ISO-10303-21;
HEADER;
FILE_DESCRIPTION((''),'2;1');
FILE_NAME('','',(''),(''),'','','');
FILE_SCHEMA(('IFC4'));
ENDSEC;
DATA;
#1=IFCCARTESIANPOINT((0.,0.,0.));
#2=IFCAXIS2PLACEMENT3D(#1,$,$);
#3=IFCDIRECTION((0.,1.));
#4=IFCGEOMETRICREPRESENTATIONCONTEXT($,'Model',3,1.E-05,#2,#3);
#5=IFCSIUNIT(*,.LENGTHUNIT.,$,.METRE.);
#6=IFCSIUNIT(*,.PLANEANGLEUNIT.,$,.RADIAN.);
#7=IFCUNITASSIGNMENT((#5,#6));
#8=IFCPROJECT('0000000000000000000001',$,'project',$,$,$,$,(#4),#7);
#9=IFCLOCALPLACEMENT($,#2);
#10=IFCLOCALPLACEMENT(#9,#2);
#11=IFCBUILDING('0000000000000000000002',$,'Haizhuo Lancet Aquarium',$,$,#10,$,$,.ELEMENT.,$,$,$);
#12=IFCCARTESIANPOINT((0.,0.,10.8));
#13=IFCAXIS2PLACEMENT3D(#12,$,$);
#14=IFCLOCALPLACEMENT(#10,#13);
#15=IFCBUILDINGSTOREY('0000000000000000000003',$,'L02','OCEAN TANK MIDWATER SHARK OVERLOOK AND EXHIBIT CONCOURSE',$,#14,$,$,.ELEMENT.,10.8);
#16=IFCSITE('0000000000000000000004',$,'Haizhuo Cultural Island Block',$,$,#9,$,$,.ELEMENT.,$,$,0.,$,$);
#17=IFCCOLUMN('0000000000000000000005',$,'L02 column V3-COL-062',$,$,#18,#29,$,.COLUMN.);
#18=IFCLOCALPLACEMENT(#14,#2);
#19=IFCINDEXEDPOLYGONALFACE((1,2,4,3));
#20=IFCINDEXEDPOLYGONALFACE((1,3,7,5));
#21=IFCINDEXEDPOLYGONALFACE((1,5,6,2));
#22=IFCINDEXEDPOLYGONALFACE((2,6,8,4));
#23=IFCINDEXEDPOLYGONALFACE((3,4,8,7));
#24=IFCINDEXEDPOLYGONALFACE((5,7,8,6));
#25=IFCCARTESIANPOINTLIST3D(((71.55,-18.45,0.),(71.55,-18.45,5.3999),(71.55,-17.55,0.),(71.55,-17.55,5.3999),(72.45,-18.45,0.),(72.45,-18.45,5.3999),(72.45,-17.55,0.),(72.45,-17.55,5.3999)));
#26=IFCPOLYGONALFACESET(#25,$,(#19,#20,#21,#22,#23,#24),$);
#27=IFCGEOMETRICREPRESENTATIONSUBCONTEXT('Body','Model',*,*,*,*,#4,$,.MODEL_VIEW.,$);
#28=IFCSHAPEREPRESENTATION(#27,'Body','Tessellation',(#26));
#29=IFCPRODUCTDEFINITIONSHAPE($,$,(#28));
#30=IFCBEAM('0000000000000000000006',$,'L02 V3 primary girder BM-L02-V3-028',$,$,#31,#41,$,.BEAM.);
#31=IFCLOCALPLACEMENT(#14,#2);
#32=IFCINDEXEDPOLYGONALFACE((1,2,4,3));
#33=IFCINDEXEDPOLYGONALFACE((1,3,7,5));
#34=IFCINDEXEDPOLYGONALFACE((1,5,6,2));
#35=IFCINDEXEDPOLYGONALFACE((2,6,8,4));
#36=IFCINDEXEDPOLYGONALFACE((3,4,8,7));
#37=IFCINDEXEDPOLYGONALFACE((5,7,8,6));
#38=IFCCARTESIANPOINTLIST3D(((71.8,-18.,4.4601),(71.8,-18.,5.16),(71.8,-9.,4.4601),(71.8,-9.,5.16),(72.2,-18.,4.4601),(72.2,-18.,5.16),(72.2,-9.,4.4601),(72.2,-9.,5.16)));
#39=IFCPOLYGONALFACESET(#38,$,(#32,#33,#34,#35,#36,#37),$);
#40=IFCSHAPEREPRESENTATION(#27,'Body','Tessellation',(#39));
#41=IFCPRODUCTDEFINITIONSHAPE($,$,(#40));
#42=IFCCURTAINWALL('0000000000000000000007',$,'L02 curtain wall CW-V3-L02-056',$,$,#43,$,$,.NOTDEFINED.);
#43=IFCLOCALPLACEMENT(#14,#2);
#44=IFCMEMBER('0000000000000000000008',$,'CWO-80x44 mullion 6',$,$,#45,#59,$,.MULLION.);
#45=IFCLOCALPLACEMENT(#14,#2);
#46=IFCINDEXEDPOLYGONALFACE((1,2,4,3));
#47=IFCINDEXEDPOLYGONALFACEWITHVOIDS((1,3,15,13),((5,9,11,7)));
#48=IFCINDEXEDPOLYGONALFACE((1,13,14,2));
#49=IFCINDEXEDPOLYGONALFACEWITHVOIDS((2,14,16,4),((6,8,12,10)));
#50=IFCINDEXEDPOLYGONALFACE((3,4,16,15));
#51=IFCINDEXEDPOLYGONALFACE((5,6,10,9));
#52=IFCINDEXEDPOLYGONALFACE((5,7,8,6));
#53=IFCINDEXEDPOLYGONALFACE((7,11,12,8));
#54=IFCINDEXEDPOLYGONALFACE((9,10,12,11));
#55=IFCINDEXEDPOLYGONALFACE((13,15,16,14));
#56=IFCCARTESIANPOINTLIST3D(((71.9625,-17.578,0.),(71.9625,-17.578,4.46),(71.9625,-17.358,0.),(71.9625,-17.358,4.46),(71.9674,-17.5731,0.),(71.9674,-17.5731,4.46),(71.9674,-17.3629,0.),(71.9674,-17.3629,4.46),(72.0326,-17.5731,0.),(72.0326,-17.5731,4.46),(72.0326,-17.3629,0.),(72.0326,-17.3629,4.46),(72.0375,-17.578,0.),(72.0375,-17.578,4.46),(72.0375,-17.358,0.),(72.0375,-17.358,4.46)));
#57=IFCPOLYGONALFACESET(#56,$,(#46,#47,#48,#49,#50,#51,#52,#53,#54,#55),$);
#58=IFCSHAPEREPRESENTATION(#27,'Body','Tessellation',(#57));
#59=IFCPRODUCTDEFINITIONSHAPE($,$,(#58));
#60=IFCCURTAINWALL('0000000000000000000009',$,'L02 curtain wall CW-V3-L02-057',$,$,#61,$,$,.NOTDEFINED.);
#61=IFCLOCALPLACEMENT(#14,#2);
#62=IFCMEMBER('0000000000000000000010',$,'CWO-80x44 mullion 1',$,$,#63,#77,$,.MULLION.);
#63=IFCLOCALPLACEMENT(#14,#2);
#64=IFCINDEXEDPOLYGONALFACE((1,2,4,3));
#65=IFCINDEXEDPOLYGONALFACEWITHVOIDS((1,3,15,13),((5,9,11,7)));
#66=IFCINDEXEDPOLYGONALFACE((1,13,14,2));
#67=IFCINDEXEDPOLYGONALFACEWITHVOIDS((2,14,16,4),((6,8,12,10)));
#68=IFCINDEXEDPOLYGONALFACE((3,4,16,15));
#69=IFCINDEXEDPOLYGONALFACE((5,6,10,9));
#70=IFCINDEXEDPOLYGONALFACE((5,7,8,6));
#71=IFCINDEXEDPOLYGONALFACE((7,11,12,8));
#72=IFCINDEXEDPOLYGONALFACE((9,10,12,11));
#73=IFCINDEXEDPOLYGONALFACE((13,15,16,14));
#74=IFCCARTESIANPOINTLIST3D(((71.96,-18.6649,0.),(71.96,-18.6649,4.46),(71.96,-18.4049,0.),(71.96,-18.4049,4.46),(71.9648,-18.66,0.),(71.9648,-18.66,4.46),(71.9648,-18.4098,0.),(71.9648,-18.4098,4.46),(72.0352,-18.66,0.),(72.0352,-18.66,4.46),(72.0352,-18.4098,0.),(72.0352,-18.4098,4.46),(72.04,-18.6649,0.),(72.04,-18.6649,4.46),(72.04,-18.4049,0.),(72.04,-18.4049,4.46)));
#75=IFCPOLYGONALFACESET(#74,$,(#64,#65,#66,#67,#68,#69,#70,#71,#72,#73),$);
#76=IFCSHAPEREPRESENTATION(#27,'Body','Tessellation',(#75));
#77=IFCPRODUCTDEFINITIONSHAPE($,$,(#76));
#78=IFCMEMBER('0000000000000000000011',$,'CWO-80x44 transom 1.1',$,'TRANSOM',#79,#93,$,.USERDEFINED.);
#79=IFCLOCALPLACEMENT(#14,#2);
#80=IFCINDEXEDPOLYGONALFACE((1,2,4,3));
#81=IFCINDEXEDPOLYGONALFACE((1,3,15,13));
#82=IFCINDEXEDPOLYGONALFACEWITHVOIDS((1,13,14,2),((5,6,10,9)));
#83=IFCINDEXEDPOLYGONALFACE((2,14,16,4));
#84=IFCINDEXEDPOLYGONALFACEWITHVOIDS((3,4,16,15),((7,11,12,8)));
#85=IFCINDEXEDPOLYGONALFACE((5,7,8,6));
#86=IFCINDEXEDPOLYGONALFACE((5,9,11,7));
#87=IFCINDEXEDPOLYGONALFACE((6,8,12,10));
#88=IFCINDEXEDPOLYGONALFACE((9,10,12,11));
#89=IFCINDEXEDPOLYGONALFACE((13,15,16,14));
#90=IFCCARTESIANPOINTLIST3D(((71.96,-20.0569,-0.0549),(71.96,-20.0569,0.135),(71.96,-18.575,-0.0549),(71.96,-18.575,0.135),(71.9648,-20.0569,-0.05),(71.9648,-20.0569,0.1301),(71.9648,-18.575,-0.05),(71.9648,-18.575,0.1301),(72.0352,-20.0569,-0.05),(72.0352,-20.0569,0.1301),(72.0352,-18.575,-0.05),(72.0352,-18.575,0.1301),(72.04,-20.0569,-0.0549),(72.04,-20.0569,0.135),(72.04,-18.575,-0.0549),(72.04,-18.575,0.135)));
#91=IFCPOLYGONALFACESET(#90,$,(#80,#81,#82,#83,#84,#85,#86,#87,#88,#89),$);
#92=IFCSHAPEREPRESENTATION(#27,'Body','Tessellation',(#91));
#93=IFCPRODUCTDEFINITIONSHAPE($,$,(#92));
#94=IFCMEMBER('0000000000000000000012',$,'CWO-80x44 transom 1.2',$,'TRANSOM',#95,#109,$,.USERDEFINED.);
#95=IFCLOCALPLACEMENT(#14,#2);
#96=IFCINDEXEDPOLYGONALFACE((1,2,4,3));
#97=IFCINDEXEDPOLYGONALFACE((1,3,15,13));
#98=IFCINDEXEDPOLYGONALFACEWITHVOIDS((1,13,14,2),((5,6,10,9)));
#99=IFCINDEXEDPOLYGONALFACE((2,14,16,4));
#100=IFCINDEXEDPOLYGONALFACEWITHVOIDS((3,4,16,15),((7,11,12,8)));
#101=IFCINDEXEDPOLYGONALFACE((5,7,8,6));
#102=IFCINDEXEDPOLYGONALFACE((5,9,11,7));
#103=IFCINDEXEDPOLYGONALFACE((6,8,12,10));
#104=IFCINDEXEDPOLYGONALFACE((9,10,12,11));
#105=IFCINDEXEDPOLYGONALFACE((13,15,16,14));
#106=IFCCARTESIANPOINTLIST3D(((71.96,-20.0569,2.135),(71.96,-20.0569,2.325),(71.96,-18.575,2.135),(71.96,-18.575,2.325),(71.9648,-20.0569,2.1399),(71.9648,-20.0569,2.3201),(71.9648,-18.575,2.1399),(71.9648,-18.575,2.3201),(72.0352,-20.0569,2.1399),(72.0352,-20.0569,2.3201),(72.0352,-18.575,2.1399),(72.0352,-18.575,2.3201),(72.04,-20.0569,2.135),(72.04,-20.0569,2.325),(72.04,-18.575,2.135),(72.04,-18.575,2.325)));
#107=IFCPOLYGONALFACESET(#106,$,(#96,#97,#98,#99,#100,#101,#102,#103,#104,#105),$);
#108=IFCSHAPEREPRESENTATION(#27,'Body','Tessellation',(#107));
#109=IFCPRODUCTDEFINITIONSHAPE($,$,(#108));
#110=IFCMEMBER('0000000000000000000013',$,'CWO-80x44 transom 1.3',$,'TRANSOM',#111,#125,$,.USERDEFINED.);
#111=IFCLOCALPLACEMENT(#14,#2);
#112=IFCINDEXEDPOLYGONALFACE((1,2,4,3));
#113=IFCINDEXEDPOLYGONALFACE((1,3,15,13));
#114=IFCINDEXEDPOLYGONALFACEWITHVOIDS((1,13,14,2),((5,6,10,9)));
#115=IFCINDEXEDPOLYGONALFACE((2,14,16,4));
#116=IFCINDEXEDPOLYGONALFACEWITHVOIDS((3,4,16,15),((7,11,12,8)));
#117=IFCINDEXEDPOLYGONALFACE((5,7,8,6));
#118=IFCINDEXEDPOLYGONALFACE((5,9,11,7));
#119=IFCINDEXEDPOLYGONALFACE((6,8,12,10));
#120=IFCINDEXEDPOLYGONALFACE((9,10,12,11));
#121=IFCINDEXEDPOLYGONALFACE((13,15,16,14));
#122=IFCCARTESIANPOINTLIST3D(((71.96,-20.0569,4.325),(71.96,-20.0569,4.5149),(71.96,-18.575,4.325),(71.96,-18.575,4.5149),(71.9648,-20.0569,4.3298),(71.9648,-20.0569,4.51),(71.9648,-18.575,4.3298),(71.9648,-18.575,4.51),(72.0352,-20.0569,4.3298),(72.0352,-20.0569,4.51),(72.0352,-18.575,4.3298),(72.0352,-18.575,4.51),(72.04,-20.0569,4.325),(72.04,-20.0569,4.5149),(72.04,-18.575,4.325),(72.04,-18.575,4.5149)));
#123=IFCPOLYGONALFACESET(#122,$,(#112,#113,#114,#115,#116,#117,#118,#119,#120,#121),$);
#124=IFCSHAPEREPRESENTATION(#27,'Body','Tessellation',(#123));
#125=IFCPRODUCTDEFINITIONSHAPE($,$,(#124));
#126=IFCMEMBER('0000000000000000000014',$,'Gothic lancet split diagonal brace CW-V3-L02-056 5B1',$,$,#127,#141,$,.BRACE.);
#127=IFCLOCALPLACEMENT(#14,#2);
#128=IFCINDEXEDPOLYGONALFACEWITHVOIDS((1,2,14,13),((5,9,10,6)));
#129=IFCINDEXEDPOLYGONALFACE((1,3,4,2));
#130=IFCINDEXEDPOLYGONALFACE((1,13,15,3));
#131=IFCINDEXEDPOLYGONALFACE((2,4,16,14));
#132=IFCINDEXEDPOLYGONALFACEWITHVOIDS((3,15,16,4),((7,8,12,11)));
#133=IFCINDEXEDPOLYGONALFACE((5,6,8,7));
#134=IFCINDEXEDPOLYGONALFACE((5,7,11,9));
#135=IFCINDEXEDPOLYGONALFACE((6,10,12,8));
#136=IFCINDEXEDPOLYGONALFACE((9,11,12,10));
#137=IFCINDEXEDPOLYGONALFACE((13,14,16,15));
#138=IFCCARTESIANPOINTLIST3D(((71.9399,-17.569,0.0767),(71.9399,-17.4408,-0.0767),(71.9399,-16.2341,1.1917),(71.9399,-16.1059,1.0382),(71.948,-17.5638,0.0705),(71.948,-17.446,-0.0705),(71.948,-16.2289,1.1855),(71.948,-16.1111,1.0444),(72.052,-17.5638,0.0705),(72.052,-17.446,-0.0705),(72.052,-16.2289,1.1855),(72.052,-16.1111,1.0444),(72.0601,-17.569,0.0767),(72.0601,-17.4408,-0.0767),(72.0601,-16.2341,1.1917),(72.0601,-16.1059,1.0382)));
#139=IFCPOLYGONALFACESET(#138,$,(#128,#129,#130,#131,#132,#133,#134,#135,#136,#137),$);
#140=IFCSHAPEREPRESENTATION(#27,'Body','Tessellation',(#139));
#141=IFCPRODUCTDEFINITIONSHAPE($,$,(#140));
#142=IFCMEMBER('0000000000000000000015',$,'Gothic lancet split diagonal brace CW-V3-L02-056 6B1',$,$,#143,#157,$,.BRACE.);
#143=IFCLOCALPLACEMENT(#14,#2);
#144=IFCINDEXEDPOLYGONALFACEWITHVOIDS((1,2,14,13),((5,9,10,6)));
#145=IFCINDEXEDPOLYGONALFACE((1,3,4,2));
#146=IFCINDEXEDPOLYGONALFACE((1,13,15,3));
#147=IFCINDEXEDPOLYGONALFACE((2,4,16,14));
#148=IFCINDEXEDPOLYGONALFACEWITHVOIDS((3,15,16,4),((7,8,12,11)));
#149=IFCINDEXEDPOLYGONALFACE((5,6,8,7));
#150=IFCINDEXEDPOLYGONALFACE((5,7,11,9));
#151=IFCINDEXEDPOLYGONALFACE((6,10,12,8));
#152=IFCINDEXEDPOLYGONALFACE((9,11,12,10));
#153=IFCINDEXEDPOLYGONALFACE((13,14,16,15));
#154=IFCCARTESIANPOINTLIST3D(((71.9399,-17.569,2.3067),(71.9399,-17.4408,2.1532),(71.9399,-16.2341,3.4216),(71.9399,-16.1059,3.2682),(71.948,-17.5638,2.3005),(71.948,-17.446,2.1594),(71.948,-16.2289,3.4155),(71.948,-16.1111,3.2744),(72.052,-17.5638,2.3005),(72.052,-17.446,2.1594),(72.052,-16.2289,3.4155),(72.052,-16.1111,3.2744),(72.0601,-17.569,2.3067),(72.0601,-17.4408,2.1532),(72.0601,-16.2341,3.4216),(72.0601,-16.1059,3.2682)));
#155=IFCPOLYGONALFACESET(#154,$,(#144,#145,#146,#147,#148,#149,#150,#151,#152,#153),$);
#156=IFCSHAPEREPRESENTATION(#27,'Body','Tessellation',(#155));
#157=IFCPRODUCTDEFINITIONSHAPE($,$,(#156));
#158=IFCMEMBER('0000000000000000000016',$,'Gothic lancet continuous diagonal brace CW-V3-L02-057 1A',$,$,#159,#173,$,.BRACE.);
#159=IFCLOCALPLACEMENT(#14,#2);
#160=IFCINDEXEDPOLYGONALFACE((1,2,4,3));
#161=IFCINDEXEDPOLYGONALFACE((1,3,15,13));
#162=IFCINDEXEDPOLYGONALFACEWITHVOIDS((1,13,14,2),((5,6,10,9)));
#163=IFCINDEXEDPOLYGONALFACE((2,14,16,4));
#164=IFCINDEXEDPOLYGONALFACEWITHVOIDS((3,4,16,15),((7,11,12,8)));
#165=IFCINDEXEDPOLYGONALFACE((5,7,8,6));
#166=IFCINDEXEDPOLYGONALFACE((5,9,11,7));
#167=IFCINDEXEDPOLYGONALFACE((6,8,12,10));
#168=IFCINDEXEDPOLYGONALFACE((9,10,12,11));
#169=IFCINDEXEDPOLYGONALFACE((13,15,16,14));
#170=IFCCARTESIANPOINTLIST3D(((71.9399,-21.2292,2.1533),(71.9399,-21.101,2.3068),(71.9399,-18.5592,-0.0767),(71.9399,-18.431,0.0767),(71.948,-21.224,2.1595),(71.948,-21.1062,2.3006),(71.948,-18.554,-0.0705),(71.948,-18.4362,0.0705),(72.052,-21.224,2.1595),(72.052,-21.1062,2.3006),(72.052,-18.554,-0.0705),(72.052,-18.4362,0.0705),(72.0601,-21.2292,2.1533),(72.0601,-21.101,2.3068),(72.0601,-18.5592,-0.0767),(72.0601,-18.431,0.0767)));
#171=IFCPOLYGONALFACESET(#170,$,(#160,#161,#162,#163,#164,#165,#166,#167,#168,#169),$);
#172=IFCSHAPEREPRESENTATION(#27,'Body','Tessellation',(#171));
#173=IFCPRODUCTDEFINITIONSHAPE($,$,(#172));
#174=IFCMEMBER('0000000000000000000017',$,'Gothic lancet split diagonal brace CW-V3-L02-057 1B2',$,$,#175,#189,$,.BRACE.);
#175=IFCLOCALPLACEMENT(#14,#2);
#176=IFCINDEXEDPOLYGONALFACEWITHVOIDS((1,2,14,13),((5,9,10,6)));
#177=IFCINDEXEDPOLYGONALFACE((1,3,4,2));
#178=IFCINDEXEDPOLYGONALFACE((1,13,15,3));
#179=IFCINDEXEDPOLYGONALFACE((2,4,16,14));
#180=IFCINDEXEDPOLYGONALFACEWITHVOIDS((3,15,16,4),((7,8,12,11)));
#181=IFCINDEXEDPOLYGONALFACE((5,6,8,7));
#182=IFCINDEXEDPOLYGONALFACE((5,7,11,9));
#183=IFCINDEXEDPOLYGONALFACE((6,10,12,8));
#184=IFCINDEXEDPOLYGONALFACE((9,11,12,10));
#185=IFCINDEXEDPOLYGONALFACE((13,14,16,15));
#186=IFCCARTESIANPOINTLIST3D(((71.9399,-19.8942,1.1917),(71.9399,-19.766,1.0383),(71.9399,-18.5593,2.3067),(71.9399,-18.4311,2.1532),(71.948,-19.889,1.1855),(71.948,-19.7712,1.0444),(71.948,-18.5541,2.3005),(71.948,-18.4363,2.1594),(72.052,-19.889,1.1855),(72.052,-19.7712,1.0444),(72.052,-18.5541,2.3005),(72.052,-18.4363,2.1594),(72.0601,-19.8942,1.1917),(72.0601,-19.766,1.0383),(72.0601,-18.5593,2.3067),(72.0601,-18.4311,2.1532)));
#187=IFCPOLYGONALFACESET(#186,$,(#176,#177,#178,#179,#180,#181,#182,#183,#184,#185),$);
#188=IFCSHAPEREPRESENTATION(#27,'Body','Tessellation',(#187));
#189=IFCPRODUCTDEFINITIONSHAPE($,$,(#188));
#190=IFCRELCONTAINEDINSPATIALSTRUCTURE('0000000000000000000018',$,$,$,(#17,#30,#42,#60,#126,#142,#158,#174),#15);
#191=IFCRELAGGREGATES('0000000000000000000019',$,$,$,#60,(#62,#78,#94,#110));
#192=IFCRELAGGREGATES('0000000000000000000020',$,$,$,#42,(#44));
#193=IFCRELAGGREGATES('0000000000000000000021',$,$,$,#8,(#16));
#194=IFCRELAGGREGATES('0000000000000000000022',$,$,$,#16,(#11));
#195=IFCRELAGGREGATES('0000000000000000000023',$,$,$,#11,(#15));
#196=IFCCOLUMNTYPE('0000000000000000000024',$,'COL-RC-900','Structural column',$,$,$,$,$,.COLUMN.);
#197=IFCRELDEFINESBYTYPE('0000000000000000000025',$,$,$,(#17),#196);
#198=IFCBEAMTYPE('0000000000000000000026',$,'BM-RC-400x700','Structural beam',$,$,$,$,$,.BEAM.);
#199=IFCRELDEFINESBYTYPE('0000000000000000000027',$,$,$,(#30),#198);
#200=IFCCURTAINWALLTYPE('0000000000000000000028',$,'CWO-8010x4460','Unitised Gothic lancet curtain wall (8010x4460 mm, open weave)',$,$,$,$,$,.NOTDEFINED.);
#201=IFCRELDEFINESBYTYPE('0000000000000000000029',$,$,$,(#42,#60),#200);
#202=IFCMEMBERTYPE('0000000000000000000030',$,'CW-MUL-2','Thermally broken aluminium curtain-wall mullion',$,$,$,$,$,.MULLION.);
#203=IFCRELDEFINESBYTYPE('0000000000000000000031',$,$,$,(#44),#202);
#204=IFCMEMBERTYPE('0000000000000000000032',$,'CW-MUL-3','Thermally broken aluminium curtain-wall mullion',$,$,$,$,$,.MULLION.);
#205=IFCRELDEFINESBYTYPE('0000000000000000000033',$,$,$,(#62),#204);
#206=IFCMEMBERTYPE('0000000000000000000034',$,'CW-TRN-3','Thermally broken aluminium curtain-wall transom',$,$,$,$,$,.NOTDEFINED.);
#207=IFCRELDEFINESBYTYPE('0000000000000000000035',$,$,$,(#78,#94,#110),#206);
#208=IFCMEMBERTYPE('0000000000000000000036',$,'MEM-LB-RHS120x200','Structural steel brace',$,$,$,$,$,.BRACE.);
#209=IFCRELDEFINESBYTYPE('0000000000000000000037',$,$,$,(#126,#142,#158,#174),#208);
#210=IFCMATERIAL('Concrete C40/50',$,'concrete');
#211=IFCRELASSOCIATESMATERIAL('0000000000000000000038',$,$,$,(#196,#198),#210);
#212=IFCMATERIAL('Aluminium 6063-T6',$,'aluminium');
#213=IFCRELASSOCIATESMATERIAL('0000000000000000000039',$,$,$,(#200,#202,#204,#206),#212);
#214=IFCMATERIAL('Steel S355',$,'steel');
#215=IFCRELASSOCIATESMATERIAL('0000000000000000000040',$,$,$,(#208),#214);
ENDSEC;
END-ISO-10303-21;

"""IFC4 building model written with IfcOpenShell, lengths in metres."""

from ifc_helpers import new_model, si_unit, direction, frame, origin, origin_2d, place, context, subcontext, project, spatial, rectangle, hollow_rectangle, extrude, material, material_profile, profile_set, type_object, element, aggregate, save


model = new_model("IFC4")

# Units and contexts
model_context = context("Model", 3, precision=1e-05, world=origin(), true_north=direction((0.0, 1.0)))
body_context = subcontext(model_context, "Body", "Model", "MODEL_VIEW")
ifc_project = project(units=[si_unit("LENGTHUNIT", "METRE"), si_unit("PLANEANGLEUNIT", "RADIAN")], contexts=[model_context])

# Site, building, storey
site_placement = place(None, origin())
site = spatial("IfcSite", under=ifc_project, at=site_placement, Name="Haizhuo Cultural Island Block", CompositionType="ELEMENT", RefElevation=0.0)
building_placement = place(site_placement, origin())
building = spatial("IfcBuilding", under=site, at=building_placement, Name="Haizhuo Lancet Aquarium", CompositionType="ELEMENT")
storey_placement = place(building_placement, frame((0.0, 0.0, 10.8)))
storey = spatial("IfcBuildingStorey", under=building, at=storey_placement, Name="L02", Description="OCEAN TANK MIDWATER SHARK OVERLOOK AND EXHIBIT CONCOURSE", CompositionType="ELEMENT", Elevation=10.8)

# Column
ifc_material_1 = material(Name="Concrete C40/50", Category="concrete")
ifc_material_profile_1 = material_profile(ifc_material_1, rectangle(XDim=0.8999, YDim=0.8999, at=origin_2d()), Name="RC-COL 900x900")
ifc_profile_set_1 = profile_set([ifc_material_profile_1], Name="Concrete C40/50")
column_type = type_object("IfcColumnType", Name="COL-RC-900", Description="Structural column", PredefinedType="COLUMN", material=ifc_profile_set_1)
column_placement = place(storey_placement, frame((72.0, -18.0, 0.0), z_axis=(0.0, 0.0, 1.0), x_axis=(1.0, 0.0, 0.0)))
element("IfcColumn", 1, at=column_placement, inside=storey, type_object=column_type, Name="L02 column V3-COL-062", PredefinedType="COLUMN", context=body_context, shape_type="SweptSolid", body=[
    extrude(rectangle(XDim=0.8999, YDim=0.8999, at=origin_2d()), origin(), (0.0, 0.0, 1.0), 5.3999),
])

# Beam
ifc_material_profile_2 = material_profile(ifc_material_1, rectangle(XDim=0.3999, YDim=0.7, at=origin_2d()), Name="RC-BM 400x700")
ifc_profile_set_2 = profile_set([ifc_material_profile_2], Name="Concrete C40/50")
beam_type = type_object("IfcBeamType", Name="BM-RC-400x700", Description="Structural beam", PredefinedType="BEAM", material=ifc_profile_set_2)
beam_placement = place(storey_placement, frame((72.0, -18.0, 4.8101), z_axis=(0.0, 1.0, 0.0), x_axis=(-1.0, 0.0, 0.0)))
element("IfcBeam", 2, at=beam_placement, inside=storey, type_object=beam_type, Name="L02 V3 primary girder BM-L02-V3-028", PredefinedType="BEAM", context=body_context, shape_type="SweptSolid", body=[
    extrude(rectangle(XDim=0.3999, YDim=0.7, at=origin_2d()), origin(), (0.0, 0.0, 1.0), 9.0),
])

# Curtain wall, member
ifc_material_2 = material(Name="Aluminium 6063-T6", Category="aluminium")
curtain_wall_type = type_object("IfcCurtainWallType", Name="CWO-8010x4460", Description="Unitised Gothic lancet curtain wall (8010x4460 mm, open weave)", PredefinedType="NOTDEFINED", material=ifc_material_2)
curtain_wall_1_placement = place(storey_placement, origin())
curtain_wall_1 = element("IfcCurtainWall", 3, at=curtain_wall_1_placement, inside=storey, type_object=curtain_wall_type, Name="L02 curtain wall CW-V3-L02-056", PredefinedType="NOTDEFINED")
ifc_material_profile_3 = material_profile(ifc_material_2, hollow_rectangle(XDim=0.075, YDim=0.22, WallThickness=0.0049, at=origin_2d()), Name="ALU-M 75x220x5")
ifc_profile_set_3 = profile_set([ifc_material_profile_3], Name="Aluminium 6063-T6")
member_type_1 = type_object("IfcMemberType", Name="CW-MUL-2", Description="Thermally broken aluminium curtain-wall mullion", PredefinedType="MULLION", material=ifc_profile_set_3)
member_1_placement = place(storey_placement, frame((72.0, -17.468, 0.0), z_axis=(0.0, 0.0, 1.0), x_axis=(1.0, 0.0, 0.0)))
member_1 = element("IfcMember", 4, at=member_1_placement, type_object=member_type_1, Name="CWO-80x44 mullion 6", PredefinedType="MULLION", context=body_context, shape_type="SweptSolid", body=[
    extrude(hollow_rectangle(XDim=0.075, YDim=0.22, WallThickness=0.0049, at=origin_2d()), origin(), (0.0, 0.0, 1.0), 4.46),
])

# Curtain wall, members
curtain_wall_2_placement = place(storey_placement, origin())
curtain_wall_2 = element("IfcCurtainWall", 5, at=curtain_wall_2_placement, inside=storey, type_object=curtain_wall_type, Name="L02 curtain wall CW-V3-L02-057", PredefinedType="NOTDEFINED")
ifc_material_profile_4 = material_profile(ifc_material_2, hollow_rectangle(XDim=0.0801, YDim=0.26, WallThickness=0.0049, at=origin_2d()), Name="ALU-M 80x260x5")
ifc_profile_set_4 = profile_set([ifc_material_profile_4], Name="Aluminium 6063-T6")
member_type_2 = type_object("IfcMemberType", Name="CW-MUL-3", Description="Thermally broken aluminium curtain-wall mullion", PredefinedType="MULLION", material=ifc_profile_set_4)
member_2_placement = place(storey_placement, frame((72.0, -18.5349, 0.0), z_axis=(0.0, 0.0, 1.0), x_axis=(1.0, 0.0, 0.0)))
member_2 = element("IfcMember", 6, at=member_2_placement, type_object=member_type_2, Name="CWO-80x44 mullion 1", PredefinedType="MULLION", context=body_context, shape_type="SweptSolid", body=[
    extrude(hollow_rectangle(XDim=0.0801, YDim=0.26, WallThickness=0.0049, at=origin_2d()), origin(), (0.0, 0.0, 1.0), 4.46),
])
ifc_material_profile_5 = material_profile(ifc_material_2, hollow_rectangle(XDim=0.0801, YDim=0.1899, WallThickness=0.0049, at=origin_2d()), Name="ALU-T 80x190x5")
ifc_profile_set_5 = profile_set([ifc_material_profile_5], Name="Aluminium 6063-T6")
member_type_3 = type_object("IfcMemberType", Name="CW-TRN-3", Description="Thermally broken aluminium curtain-wall transom", PredefinedType="NOTDEFINED", material=ifc_profile_set_5)
member_3_placement = place(storey_placement, frame((72.0, -18.575, 0.04), z_axis=(0.0, -1.0, 0.0), x_axis=(1.0, 0.0, 0.0)))
member_3 = element("IfcMember", 7, at=member_3_placement, type_object=member_type_3, Name="CWO-80x44 transom 1.1", ObjectType="TRANSOM", PredefinedType="USERDEFINED", context=body_context, shape_type="SweptSolid", body=[
    extrude(hollow_rectangle(XDim=0.0801, YDim=0.1899, WallThickness=0.0049, at=origin_2d()), origin(), (0.0, 0.0, 1.0), 1.4819),
])
member_4_placement = place(storey_placement, frame((72.0, -18.575, 2.23), z_axis=(0.0, -1.0, 0.0), x_axis=(1.0, 0.0, 0.0)))
member_4 = element("IfcMember", 8, at=member_4_placement, type_object=member_type_3, Name="CWO-80x44 transom 1.2", ObjectType="TRANSOM", PredefinedType="USERDEFINED", context=body_context, shape_type="SweptSolid", body=[
    extrude(hollow_rectangle(XDim=0.0801, YDim=0.1899, WallThickness=0.0049, at=origin_2d()), origin(), (0.0, 0.0, 1.0), 1.4819),
])
member_5_placement = place(storey_placement, frame((72.0, -18.575, 4.4199), z_axis=(0.0, -1.0, 0.0), x_axis=(1.0, 0.0, 0.0)))
member_5 = element("IfcMember", 9, at=member_5_placement, type_object=member_type_3, Name="CWO-80x44 transom 1.3", ObjectType="TRANSOM", PredefinedType="USERDEFINED", context=body_context, shape_type="SweptSolid", body=[
    extrude(hollow_rectangle(XDim=0.0801, YDim=0.1899, WallThickness=0.0049, at=origin_2d()), origin(), (0.0, 0.0, 1.0), 1.4819),
])

# Members
ifc_material_3 = material(Name="Steel S355", Category="steel")
ifc_material_profile_6 = material_profile(ifc_material_3, hollow_rectangle(XDim=0.1201, YDim=0.2, WallThickness=0.0081, at=origin_2d()), Name="RHS 120x200x8")
ifc_profile_set_6 = profile_set([ifc_material_profile_6], Name="Steel S355")
member_type_4 = type_object("IfcMemberType", Name="MEM-LB-RHS120x200", Description="Structural steel brace", PredefinedType="BRACE", material=ifc_profile_set_6)
for number, where, z_axis, x_axis, name in (
    (10, (72.0, -17.5049, 0.0), (0.0, 0.767507, 0.64104), (-1.0, 0.0, 0.0), "Gothic lancet split diagonal brace CW-V3-L02-056 5B1"),
    (11, (72.0, -17.5049, 2.23), (0.0, 0.767507, 0.64104), (-1.0, 0.0, 0.0), "Gothic lancet split diagonal brace CW-V3-L02-056 6B1"),
):
    element("IfcMember", number, at=place(storey_placement, frame(where, z_axis=z_axis, x_axis=x_axis)), inside=storey, type_object=member_type_4, Name=name, PredefinedType="BRACE", context=body_context, shape_type="SweptSolid", body=[
        extrude(hollow_rectangle(XDim=0.1201, YDim=0.2, WallThickness=0.0081, at=origin_2d()), origin(), (0.0, 0.0, 1.0), 1.7393),
    ])
member_6_placement = place(storey_placement, frame((72.0, -18.4951, 0.0), z_axis=(0.0, -0.767507, 0.64104), x_axis=(1.0, 0.0, 0.0)))
element("IfcMember", 12, at=member_6_placement, inside=storey, type_object=member_type_4, Name="Gothic lancet continuous diagonal brace CW-V3-L02-057 1A", PredefinedType="BRACE", context=body_context, shape_type="SweptSolid", body=[
    extrude(hollow_rectangle(XDim=0.1201, YDim=0.2, WallThickness=0.0081, at=origin_2d()), origin(), (0.0, 0.0, 1.0), 3.4788),
])
member_7_placement = place(storey_placement, frame((72.0, -19.8301, 1.115), z_axis=(0.0, 0.767507, 0.64104), x_axis=(-1.0, 0.0, 0.0)))
element("IfcMember", 13, at=member_7_placement, inside=storey, type_object=member_type_4, Name="Gothic lancet split diagonal brace CW-V3-L02-057 1B2", PredefinedType="BRACE", context=body_context, shape_type="SweptSolid", body=[
    extrude(hollow_rectangle(XDim=0.1201, YDim=0.2, WallThickness=0.0081, at=origin_2d()), origin(), (0.0, 0.0, 1.0), 1.7393),
])

aggregate(curtain_wall_2, [member_2, member_3, member_4, member_5])
aggregate(curtain_wall_1, [member_1])

save(model, "model.ifc")
